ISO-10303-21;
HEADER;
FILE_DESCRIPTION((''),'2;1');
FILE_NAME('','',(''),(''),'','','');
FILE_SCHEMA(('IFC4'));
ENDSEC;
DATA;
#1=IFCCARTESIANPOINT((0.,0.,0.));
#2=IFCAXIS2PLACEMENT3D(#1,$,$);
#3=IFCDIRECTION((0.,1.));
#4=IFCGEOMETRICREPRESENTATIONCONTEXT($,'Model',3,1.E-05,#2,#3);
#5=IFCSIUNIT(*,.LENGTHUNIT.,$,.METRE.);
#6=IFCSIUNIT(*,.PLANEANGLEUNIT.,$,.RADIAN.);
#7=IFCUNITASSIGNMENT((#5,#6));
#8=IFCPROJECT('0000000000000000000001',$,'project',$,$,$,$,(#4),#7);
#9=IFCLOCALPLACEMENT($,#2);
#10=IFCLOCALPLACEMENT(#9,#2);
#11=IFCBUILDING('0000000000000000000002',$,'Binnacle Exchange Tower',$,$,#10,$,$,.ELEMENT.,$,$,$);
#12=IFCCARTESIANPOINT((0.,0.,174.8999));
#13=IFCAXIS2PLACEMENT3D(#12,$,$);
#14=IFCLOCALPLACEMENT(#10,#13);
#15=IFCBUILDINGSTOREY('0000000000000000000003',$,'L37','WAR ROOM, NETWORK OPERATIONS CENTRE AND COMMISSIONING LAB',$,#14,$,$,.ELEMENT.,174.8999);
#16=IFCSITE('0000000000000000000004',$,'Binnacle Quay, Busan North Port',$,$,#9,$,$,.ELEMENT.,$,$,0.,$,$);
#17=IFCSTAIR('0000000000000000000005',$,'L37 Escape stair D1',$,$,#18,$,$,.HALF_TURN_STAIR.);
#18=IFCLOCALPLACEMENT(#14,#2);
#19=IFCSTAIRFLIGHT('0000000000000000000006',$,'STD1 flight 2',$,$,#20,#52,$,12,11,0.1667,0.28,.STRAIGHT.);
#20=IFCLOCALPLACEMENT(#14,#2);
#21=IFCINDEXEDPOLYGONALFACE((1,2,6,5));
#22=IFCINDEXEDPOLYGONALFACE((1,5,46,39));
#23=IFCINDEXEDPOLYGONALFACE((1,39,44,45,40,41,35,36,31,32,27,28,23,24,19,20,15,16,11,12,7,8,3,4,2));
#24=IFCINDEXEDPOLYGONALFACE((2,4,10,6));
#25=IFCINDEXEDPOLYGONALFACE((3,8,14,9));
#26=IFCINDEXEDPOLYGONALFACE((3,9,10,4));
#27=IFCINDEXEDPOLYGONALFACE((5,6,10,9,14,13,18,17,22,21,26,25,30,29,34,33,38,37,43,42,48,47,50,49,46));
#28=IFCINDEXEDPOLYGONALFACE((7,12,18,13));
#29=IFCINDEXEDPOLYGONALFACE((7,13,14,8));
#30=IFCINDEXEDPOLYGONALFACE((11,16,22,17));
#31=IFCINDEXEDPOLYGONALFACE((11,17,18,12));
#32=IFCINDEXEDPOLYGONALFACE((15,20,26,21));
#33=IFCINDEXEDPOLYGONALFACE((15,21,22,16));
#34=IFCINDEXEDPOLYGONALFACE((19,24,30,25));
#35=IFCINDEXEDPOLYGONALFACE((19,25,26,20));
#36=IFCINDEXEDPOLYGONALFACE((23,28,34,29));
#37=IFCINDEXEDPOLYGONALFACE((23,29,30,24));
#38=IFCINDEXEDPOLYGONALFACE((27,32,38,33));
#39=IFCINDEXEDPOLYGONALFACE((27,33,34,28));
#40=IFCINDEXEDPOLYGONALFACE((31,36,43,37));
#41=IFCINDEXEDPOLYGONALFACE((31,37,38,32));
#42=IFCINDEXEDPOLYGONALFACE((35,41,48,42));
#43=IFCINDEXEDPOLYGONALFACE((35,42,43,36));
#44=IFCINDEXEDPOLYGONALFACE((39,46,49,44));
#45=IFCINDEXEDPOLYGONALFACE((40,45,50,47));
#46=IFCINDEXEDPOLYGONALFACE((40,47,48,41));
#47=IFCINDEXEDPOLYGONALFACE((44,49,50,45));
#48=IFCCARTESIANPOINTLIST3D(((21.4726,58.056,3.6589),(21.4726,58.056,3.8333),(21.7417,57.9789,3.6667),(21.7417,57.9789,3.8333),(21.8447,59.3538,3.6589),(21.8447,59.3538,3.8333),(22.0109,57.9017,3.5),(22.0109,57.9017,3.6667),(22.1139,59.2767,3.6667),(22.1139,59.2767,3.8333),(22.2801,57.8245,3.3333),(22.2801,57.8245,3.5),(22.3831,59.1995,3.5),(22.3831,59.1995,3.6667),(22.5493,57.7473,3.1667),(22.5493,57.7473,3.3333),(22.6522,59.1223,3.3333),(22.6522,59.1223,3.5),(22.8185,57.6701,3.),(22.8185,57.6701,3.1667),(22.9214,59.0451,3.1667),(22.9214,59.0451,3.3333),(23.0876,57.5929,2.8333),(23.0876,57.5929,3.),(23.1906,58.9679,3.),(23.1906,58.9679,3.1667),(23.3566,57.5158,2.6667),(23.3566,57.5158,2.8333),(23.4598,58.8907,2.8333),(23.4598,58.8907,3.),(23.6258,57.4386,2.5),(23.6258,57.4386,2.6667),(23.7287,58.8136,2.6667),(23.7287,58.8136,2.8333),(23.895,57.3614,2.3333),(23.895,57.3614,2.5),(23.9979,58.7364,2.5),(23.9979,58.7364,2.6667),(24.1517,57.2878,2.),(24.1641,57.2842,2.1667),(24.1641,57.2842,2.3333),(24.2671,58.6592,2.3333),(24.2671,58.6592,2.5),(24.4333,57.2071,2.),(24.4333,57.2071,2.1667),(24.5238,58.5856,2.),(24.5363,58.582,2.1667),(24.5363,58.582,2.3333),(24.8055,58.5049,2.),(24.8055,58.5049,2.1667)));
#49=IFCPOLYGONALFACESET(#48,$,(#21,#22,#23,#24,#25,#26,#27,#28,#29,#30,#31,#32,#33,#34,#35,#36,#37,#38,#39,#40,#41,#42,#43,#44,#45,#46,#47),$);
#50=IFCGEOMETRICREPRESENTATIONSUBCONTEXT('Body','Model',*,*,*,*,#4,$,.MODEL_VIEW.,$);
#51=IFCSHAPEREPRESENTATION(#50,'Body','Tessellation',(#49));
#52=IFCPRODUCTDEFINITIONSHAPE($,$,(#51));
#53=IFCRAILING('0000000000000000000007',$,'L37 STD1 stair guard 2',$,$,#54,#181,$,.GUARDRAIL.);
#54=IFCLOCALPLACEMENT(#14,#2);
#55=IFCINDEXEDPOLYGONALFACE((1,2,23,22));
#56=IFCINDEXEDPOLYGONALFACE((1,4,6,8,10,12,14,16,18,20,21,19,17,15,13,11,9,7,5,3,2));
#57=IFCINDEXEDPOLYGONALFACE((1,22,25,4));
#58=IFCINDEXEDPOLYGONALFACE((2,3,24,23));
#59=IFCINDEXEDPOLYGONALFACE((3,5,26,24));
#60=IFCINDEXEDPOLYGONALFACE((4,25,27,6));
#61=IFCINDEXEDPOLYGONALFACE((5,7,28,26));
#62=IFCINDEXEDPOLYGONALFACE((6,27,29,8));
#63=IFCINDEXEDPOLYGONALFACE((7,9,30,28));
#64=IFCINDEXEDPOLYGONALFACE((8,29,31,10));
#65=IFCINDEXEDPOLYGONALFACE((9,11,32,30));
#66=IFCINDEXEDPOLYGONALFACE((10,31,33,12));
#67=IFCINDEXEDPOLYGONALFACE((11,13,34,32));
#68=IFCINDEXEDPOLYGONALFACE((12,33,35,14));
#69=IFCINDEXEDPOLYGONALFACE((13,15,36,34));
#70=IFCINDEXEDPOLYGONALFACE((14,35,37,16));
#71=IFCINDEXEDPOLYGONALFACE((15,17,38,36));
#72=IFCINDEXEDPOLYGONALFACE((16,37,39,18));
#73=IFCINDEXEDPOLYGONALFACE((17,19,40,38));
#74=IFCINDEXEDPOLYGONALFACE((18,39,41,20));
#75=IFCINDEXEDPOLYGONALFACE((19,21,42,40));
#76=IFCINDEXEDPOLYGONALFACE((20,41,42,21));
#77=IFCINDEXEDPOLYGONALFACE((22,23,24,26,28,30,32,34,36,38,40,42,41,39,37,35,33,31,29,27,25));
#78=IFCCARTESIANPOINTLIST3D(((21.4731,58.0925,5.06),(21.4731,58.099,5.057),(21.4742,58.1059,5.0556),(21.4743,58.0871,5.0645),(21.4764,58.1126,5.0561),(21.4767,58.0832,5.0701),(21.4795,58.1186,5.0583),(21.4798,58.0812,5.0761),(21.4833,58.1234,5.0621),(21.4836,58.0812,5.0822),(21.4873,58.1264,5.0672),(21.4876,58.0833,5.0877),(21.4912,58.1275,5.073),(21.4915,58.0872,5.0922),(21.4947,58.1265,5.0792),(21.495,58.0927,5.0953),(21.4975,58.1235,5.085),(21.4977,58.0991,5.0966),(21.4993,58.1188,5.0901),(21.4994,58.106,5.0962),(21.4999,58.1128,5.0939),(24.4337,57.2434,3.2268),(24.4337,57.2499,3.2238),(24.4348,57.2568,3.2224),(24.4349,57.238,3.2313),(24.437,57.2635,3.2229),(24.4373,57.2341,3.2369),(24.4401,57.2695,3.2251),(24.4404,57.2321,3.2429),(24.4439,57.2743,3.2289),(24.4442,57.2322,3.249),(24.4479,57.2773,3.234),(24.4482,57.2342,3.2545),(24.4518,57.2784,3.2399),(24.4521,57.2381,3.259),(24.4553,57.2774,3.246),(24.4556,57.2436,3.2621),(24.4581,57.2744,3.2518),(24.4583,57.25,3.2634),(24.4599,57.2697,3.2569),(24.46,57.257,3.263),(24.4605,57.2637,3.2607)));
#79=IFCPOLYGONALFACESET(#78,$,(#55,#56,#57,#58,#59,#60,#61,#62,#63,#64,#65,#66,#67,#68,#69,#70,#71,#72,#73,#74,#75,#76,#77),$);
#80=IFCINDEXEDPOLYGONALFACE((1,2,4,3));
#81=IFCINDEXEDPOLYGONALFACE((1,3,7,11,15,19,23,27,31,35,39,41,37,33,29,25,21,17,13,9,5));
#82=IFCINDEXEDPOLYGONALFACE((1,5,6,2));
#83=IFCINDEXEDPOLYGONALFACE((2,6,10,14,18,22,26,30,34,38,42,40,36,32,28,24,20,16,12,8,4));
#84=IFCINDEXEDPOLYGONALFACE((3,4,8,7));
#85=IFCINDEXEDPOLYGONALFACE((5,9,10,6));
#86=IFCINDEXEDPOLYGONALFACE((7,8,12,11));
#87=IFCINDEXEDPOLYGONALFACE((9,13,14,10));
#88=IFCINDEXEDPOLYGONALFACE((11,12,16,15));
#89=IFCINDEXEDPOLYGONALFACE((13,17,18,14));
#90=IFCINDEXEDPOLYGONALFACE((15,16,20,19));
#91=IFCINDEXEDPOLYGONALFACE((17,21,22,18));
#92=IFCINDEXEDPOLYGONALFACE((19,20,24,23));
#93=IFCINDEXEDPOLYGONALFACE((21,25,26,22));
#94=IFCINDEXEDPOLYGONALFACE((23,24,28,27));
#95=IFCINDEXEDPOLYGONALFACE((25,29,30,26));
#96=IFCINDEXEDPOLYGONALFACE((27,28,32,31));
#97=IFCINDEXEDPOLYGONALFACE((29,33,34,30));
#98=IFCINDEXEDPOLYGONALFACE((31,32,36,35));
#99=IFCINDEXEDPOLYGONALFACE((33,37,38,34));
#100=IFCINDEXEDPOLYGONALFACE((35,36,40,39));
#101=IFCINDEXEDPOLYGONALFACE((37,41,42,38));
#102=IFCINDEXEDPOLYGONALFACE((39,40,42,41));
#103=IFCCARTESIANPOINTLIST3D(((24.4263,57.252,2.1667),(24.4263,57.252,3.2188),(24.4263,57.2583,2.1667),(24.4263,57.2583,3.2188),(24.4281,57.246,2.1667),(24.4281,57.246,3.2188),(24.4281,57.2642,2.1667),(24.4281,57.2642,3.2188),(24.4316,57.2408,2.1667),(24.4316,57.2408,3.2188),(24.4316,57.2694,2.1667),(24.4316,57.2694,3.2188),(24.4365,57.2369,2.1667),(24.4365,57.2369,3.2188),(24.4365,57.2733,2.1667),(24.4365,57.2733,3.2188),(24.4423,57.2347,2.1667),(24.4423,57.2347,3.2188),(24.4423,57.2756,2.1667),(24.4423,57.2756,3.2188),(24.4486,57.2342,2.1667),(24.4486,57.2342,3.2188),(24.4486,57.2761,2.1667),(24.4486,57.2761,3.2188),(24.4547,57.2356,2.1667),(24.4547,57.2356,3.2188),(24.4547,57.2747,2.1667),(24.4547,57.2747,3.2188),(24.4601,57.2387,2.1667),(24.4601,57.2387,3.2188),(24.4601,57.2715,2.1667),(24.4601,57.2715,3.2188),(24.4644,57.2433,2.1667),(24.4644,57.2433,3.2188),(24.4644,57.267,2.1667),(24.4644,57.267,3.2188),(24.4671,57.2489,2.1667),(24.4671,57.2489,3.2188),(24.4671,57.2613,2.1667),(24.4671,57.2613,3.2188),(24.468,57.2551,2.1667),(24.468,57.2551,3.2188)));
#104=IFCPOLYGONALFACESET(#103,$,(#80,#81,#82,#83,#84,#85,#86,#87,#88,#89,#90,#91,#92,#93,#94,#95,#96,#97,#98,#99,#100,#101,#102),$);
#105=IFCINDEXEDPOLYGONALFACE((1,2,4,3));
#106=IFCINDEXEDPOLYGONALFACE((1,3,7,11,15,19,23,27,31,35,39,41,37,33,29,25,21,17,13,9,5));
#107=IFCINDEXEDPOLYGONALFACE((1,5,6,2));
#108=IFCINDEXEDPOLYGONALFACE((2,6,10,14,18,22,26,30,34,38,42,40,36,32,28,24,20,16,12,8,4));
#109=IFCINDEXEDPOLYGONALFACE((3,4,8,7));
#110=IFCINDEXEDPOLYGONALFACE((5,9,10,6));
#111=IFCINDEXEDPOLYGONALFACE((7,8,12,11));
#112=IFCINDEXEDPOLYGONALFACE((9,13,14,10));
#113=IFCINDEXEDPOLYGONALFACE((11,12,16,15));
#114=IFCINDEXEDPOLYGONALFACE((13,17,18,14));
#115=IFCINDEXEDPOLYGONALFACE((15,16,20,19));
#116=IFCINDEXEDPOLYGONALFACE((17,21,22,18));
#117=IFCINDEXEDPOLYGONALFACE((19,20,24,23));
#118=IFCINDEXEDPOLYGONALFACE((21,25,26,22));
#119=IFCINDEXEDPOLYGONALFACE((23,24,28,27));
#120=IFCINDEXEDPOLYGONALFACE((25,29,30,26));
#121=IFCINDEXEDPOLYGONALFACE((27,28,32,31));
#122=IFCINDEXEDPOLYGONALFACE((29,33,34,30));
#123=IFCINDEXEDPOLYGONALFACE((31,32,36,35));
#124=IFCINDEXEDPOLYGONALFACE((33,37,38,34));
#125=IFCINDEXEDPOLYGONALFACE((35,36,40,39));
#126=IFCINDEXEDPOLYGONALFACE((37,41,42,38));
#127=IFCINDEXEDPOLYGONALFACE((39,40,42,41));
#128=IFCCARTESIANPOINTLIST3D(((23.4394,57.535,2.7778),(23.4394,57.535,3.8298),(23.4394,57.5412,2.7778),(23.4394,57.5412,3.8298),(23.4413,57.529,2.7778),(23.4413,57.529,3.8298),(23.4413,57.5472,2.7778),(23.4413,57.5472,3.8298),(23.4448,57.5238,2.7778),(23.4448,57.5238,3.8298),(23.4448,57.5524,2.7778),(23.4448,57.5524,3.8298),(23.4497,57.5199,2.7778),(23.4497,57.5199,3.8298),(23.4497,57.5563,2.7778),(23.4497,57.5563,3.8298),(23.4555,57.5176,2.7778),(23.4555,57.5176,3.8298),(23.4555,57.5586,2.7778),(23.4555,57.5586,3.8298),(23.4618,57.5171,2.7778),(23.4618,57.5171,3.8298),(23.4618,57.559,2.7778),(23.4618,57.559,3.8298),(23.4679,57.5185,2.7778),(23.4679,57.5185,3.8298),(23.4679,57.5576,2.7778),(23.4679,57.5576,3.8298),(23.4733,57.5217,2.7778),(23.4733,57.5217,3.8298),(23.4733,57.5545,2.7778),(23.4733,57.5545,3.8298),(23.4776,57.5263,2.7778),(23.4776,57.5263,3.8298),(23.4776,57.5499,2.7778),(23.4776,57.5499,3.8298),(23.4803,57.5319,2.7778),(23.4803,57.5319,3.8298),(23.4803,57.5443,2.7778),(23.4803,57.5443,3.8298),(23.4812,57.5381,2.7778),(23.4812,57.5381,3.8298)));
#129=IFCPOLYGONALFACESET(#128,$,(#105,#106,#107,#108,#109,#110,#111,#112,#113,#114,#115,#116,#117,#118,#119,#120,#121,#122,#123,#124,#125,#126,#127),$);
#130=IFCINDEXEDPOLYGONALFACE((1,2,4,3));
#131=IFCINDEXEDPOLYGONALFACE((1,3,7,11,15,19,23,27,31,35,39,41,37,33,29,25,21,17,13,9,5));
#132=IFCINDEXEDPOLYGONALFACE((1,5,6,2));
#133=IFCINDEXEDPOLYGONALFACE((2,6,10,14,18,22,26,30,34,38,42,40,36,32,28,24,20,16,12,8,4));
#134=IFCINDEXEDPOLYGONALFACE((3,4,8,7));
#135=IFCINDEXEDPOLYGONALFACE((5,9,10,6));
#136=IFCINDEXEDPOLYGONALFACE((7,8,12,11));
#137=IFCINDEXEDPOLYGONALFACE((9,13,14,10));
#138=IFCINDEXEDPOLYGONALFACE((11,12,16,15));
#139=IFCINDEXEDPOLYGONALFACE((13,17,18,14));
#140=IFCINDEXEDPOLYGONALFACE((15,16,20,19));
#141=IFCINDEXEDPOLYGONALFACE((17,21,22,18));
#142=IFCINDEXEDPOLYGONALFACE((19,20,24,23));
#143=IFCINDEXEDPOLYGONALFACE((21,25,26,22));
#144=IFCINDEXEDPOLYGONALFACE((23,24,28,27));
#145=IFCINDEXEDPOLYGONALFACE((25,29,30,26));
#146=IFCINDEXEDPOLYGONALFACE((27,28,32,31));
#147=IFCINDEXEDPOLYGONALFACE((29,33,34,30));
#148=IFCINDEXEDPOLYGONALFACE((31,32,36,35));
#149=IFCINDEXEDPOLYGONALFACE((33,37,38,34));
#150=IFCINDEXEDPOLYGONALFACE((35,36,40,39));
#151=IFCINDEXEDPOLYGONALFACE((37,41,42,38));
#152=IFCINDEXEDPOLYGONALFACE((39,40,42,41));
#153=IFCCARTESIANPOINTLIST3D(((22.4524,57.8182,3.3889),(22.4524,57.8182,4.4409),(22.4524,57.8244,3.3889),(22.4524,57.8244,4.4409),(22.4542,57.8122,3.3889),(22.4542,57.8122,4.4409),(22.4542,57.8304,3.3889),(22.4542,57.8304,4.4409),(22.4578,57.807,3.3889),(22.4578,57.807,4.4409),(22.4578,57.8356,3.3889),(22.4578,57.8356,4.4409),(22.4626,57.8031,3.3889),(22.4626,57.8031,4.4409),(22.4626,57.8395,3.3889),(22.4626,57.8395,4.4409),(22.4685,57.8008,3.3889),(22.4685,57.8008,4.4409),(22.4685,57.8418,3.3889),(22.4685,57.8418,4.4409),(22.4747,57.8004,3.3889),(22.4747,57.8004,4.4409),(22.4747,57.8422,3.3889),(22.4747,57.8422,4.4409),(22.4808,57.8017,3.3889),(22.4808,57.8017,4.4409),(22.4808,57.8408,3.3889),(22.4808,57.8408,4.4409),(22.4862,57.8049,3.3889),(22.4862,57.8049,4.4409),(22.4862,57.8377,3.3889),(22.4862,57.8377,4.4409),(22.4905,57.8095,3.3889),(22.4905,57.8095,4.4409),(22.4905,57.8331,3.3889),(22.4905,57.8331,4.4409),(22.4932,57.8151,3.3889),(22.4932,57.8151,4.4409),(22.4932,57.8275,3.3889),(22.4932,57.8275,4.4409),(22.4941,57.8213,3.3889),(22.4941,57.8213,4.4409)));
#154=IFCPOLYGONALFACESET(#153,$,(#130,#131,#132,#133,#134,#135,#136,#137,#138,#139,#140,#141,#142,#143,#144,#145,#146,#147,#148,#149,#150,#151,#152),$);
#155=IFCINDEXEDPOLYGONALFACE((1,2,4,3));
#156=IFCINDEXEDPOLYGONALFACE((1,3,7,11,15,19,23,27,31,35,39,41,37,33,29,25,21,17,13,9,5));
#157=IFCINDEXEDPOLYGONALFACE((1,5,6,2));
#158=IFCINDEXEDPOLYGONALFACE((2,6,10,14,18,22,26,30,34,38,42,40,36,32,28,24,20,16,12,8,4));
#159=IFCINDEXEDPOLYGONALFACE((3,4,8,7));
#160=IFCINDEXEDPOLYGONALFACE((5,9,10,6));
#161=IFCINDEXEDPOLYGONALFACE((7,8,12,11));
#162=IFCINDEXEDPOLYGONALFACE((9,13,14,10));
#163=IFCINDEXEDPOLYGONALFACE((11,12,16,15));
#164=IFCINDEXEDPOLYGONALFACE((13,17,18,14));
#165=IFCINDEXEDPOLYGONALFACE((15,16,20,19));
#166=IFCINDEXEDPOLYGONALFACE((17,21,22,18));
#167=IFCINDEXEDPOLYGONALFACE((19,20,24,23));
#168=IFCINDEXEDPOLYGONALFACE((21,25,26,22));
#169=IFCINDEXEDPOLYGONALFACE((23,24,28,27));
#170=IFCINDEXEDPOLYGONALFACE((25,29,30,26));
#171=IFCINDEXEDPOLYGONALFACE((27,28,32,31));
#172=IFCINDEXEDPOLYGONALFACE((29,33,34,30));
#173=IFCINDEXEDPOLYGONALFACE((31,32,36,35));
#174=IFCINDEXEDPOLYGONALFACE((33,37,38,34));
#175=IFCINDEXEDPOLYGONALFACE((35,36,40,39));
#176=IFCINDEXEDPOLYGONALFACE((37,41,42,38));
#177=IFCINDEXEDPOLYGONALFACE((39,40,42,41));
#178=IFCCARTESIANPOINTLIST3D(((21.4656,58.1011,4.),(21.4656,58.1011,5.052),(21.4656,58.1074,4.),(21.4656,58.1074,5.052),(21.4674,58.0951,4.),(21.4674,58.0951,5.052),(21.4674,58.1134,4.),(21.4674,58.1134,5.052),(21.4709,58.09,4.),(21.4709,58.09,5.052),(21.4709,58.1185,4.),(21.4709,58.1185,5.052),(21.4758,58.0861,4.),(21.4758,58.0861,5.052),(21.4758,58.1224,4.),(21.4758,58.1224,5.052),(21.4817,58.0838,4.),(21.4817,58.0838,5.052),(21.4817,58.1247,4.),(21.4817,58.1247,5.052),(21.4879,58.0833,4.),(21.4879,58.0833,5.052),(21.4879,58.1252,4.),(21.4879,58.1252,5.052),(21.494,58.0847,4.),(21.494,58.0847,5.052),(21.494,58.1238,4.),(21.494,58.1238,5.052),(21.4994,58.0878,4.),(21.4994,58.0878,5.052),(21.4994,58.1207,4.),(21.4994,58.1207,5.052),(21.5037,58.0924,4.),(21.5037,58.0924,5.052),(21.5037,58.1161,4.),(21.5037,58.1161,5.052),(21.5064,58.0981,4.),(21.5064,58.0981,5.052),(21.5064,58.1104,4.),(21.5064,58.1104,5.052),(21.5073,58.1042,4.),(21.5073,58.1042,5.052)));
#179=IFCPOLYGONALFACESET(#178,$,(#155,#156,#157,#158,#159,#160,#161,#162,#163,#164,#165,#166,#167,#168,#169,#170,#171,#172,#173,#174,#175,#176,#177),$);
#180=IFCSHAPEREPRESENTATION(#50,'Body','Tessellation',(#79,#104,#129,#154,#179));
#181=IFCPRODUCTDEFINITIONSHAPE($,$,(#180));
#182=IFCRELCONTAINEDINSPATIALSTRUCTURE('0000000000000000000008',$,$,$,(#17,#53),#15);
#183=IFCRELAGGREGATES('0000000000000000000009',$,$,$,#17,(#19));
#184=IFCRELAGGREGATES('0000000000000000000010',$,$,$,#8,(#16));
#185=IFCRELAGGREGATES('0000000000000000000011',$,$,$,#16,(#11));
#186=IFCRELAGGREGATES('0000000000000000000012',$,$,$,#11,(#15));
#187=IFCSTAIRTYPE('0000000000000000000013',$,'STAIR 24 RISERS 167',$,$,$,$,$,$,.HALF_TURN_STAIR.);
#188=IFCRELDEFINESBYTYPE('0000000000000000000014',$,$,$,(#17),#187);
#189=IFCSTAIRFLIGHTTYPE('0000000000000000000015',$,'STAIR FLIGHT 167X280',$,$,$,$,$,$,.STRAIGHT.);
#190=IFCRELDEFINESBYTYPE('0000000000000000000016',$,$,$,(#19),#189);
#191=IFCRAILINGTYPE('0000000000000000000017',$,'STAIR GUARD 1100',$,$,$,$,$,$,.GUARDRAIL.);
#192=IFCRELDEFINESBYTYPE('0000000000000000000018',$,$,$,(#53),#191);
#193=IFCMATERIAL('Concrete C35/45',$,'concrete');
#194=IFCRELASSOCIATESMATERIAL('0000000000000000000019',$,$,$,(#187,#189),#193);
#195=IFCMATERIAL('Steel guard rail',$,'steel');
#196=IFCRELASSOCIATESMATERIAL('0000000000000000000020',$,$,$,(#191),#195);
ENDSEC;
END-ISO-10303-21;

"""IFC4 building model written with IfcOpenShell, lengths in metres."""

from ifc_helpers import new_model, si_unit, direction, frame, origin, origin_2d, place, context, subcontext, project, spatial, polyline, circle, outline, extrude, material, type_object, element, aggregate, save


model = new_model("IFC4")

# Units and contexts
model_context = context("Model", 3, precision=1e-05, world=origin(), true_north=direction((0.0, 1.0)))
body_context = subcontext(model_context, "Body", "Model", "MODEL_VIEW")
ifc_project = project(units=[si_unit("LENGTHUNIT", "METRE"), si_unit("PLANEANGLEUNIT", "RADIAN")], contexts=[model_context])

# Site, building, storey
site_placement = place(None, origin())
site = spatial("IfcSite", under=ifc_project, at=site_placement, Name="Binnacle Quay, Busan North Port", CompositionType="ELEMENT", RefElevation=0.0)
building_placement = place(site_placement, origin())
building = spatial("IfcBuilding", under=site, at=building_placement, Name="Binnacle Exchange Tower", CompositionType="ELEMENT")
storey_placement = place(building_placement, frame((0.0, 0.0, 174.8999)))
storey = spatial("IfcBuildingStorey", under=building, at=storey_placement, Name="L37", Description="WAR ROOM, NETWORK OPERATIONS CENTRE AND COMMISSIONING LAB", CompositionType="ELEMENT", Elevation=174.8999)

# Stair, stair flight
ifc_material_1 = material(Name="Concrete C35/45", Category="concrete")
stair_type = type_object("IfcStairType", Name="STAIR 24 RISERS 167", PredefinedType="HALF_TURN_STAIR", material=ifc_material_1)
stair_placement = place(storey_placement, origin())
stair = element("IfcStair", 1, at=stair_placement, inside=storey, type_object=stair_type, Name="L37 Escape stair D1", PredefinedType="HALF_TURN_STAIR")
stair_flight_type = type_object("IfcStairFlightType", Name="STAIR FLIGHT 167X280", PredefinedType="STRAIGHT", material=ifc_material_1)
stair_flight_1_placement = place(storey_placement, frame((24.6194, 57.856, 2.0), z_axis=(0.0, 0.0, 1.0), x_axis=(-0.961262, 0.275637, 0.0)))
stair_flight_1 = element("IfcStairFlight", 2, at=stair_flight_1_placement, type_object=stair_flight_type, Name="STD1 flight 2", NumberOfRisers=12, NumberOfTreads=11, PredefinedType="STRAIGHT", RiserHeight=0.1667, TreadLength=0.28, context=body_context, shape_type="SweptSolid", body=[
    extrude(outline(polyline([(0.0, 0.0), (0.0, 0.1667), (0.28, 0.1667), (0.28, 0.3333), (0.5601, 0.3333), (0.5601, 0.5), (0.8401, 0.5), (0.8401, 0.6667), (1.1201, 0.6667), (1.1201, 0.8333), (1.3999, 0.8333), (1.3999, 1.0), (1.6799, 1.0), (1.6799, 1.1667), (1.96, 1.1667), (1.96, 1.3333), (2.24, 1.3333), (2.24, 1.5), (2.52, 1.5), (2.52, 1.6667), (2.8, 1.6667), (2.8, 1.8333), (3.0801, 1.8333), (3.0801, 2.0), (3.0801, 1.6589), (0.293, 0.0), (0.0, 0.0)])), frame((0.0, 0.675, 0.0), z_axis=(0.0, -1.0, 0.0), x_axis=(1.0, 0.0, 0.0)), (0.0, 0.0, 1.0), 1.3501),
])
aggregate(stair, [stair_flight_1])

# Railing
ifc_material_2 = material(Name="Steel guard rail", Category="steel")
railing_type_1 = type_object("IfcRailingType", Name="STAIR GUARD 1100", PredefinedType="GUARDRAIL", material=ifc_material_2)
railing_1_placement = place(storey_placement, frame((24.447, 57.2551, 2.1667)))
element("IfcRailing", 3, at=railing_1_placement, inside=storey, type_object=railing_type_1, Name="L37 STD1 stair guard 2", PredefinedType="GUARDRAIL", context=body_context, shape_type="SweptSolid", body=[
    extrude(circle(Radius=0.0239, at=origin_2d()), frame((0.0, 0.0, 1.0762), z_axis=(-0.826007, 0.236897, 0.511461), x_axis=(-0.275684, -0.961248, 0.0)), (0.0, 0.0, 1.0), 3.5842),
    extrude(circle(Radius=0.021, at=origin_2d()), origin(), (0.0, 0.0, 1.0), 1.052),
    extrude(circle(Radius=0.021, at=origin_2d()), frame((-0.9868, 0.283, 0.6111)), (0.0, 0.0, 1.0), 1.052),
    extrude(circle(Radius=0.021, at=origin_2d()), frame((-1.9739, 0.5662, 1.2222)), (0.0, 0.0, 1.0), 1.052),
    extrude(circle(Radius=0.021, at=origin_2d()), frame((-2.9607, 0.8491, 1.8333)), (0.0, 0.0, 1.0), 1.052),
])

save(model, "model.ifc")
